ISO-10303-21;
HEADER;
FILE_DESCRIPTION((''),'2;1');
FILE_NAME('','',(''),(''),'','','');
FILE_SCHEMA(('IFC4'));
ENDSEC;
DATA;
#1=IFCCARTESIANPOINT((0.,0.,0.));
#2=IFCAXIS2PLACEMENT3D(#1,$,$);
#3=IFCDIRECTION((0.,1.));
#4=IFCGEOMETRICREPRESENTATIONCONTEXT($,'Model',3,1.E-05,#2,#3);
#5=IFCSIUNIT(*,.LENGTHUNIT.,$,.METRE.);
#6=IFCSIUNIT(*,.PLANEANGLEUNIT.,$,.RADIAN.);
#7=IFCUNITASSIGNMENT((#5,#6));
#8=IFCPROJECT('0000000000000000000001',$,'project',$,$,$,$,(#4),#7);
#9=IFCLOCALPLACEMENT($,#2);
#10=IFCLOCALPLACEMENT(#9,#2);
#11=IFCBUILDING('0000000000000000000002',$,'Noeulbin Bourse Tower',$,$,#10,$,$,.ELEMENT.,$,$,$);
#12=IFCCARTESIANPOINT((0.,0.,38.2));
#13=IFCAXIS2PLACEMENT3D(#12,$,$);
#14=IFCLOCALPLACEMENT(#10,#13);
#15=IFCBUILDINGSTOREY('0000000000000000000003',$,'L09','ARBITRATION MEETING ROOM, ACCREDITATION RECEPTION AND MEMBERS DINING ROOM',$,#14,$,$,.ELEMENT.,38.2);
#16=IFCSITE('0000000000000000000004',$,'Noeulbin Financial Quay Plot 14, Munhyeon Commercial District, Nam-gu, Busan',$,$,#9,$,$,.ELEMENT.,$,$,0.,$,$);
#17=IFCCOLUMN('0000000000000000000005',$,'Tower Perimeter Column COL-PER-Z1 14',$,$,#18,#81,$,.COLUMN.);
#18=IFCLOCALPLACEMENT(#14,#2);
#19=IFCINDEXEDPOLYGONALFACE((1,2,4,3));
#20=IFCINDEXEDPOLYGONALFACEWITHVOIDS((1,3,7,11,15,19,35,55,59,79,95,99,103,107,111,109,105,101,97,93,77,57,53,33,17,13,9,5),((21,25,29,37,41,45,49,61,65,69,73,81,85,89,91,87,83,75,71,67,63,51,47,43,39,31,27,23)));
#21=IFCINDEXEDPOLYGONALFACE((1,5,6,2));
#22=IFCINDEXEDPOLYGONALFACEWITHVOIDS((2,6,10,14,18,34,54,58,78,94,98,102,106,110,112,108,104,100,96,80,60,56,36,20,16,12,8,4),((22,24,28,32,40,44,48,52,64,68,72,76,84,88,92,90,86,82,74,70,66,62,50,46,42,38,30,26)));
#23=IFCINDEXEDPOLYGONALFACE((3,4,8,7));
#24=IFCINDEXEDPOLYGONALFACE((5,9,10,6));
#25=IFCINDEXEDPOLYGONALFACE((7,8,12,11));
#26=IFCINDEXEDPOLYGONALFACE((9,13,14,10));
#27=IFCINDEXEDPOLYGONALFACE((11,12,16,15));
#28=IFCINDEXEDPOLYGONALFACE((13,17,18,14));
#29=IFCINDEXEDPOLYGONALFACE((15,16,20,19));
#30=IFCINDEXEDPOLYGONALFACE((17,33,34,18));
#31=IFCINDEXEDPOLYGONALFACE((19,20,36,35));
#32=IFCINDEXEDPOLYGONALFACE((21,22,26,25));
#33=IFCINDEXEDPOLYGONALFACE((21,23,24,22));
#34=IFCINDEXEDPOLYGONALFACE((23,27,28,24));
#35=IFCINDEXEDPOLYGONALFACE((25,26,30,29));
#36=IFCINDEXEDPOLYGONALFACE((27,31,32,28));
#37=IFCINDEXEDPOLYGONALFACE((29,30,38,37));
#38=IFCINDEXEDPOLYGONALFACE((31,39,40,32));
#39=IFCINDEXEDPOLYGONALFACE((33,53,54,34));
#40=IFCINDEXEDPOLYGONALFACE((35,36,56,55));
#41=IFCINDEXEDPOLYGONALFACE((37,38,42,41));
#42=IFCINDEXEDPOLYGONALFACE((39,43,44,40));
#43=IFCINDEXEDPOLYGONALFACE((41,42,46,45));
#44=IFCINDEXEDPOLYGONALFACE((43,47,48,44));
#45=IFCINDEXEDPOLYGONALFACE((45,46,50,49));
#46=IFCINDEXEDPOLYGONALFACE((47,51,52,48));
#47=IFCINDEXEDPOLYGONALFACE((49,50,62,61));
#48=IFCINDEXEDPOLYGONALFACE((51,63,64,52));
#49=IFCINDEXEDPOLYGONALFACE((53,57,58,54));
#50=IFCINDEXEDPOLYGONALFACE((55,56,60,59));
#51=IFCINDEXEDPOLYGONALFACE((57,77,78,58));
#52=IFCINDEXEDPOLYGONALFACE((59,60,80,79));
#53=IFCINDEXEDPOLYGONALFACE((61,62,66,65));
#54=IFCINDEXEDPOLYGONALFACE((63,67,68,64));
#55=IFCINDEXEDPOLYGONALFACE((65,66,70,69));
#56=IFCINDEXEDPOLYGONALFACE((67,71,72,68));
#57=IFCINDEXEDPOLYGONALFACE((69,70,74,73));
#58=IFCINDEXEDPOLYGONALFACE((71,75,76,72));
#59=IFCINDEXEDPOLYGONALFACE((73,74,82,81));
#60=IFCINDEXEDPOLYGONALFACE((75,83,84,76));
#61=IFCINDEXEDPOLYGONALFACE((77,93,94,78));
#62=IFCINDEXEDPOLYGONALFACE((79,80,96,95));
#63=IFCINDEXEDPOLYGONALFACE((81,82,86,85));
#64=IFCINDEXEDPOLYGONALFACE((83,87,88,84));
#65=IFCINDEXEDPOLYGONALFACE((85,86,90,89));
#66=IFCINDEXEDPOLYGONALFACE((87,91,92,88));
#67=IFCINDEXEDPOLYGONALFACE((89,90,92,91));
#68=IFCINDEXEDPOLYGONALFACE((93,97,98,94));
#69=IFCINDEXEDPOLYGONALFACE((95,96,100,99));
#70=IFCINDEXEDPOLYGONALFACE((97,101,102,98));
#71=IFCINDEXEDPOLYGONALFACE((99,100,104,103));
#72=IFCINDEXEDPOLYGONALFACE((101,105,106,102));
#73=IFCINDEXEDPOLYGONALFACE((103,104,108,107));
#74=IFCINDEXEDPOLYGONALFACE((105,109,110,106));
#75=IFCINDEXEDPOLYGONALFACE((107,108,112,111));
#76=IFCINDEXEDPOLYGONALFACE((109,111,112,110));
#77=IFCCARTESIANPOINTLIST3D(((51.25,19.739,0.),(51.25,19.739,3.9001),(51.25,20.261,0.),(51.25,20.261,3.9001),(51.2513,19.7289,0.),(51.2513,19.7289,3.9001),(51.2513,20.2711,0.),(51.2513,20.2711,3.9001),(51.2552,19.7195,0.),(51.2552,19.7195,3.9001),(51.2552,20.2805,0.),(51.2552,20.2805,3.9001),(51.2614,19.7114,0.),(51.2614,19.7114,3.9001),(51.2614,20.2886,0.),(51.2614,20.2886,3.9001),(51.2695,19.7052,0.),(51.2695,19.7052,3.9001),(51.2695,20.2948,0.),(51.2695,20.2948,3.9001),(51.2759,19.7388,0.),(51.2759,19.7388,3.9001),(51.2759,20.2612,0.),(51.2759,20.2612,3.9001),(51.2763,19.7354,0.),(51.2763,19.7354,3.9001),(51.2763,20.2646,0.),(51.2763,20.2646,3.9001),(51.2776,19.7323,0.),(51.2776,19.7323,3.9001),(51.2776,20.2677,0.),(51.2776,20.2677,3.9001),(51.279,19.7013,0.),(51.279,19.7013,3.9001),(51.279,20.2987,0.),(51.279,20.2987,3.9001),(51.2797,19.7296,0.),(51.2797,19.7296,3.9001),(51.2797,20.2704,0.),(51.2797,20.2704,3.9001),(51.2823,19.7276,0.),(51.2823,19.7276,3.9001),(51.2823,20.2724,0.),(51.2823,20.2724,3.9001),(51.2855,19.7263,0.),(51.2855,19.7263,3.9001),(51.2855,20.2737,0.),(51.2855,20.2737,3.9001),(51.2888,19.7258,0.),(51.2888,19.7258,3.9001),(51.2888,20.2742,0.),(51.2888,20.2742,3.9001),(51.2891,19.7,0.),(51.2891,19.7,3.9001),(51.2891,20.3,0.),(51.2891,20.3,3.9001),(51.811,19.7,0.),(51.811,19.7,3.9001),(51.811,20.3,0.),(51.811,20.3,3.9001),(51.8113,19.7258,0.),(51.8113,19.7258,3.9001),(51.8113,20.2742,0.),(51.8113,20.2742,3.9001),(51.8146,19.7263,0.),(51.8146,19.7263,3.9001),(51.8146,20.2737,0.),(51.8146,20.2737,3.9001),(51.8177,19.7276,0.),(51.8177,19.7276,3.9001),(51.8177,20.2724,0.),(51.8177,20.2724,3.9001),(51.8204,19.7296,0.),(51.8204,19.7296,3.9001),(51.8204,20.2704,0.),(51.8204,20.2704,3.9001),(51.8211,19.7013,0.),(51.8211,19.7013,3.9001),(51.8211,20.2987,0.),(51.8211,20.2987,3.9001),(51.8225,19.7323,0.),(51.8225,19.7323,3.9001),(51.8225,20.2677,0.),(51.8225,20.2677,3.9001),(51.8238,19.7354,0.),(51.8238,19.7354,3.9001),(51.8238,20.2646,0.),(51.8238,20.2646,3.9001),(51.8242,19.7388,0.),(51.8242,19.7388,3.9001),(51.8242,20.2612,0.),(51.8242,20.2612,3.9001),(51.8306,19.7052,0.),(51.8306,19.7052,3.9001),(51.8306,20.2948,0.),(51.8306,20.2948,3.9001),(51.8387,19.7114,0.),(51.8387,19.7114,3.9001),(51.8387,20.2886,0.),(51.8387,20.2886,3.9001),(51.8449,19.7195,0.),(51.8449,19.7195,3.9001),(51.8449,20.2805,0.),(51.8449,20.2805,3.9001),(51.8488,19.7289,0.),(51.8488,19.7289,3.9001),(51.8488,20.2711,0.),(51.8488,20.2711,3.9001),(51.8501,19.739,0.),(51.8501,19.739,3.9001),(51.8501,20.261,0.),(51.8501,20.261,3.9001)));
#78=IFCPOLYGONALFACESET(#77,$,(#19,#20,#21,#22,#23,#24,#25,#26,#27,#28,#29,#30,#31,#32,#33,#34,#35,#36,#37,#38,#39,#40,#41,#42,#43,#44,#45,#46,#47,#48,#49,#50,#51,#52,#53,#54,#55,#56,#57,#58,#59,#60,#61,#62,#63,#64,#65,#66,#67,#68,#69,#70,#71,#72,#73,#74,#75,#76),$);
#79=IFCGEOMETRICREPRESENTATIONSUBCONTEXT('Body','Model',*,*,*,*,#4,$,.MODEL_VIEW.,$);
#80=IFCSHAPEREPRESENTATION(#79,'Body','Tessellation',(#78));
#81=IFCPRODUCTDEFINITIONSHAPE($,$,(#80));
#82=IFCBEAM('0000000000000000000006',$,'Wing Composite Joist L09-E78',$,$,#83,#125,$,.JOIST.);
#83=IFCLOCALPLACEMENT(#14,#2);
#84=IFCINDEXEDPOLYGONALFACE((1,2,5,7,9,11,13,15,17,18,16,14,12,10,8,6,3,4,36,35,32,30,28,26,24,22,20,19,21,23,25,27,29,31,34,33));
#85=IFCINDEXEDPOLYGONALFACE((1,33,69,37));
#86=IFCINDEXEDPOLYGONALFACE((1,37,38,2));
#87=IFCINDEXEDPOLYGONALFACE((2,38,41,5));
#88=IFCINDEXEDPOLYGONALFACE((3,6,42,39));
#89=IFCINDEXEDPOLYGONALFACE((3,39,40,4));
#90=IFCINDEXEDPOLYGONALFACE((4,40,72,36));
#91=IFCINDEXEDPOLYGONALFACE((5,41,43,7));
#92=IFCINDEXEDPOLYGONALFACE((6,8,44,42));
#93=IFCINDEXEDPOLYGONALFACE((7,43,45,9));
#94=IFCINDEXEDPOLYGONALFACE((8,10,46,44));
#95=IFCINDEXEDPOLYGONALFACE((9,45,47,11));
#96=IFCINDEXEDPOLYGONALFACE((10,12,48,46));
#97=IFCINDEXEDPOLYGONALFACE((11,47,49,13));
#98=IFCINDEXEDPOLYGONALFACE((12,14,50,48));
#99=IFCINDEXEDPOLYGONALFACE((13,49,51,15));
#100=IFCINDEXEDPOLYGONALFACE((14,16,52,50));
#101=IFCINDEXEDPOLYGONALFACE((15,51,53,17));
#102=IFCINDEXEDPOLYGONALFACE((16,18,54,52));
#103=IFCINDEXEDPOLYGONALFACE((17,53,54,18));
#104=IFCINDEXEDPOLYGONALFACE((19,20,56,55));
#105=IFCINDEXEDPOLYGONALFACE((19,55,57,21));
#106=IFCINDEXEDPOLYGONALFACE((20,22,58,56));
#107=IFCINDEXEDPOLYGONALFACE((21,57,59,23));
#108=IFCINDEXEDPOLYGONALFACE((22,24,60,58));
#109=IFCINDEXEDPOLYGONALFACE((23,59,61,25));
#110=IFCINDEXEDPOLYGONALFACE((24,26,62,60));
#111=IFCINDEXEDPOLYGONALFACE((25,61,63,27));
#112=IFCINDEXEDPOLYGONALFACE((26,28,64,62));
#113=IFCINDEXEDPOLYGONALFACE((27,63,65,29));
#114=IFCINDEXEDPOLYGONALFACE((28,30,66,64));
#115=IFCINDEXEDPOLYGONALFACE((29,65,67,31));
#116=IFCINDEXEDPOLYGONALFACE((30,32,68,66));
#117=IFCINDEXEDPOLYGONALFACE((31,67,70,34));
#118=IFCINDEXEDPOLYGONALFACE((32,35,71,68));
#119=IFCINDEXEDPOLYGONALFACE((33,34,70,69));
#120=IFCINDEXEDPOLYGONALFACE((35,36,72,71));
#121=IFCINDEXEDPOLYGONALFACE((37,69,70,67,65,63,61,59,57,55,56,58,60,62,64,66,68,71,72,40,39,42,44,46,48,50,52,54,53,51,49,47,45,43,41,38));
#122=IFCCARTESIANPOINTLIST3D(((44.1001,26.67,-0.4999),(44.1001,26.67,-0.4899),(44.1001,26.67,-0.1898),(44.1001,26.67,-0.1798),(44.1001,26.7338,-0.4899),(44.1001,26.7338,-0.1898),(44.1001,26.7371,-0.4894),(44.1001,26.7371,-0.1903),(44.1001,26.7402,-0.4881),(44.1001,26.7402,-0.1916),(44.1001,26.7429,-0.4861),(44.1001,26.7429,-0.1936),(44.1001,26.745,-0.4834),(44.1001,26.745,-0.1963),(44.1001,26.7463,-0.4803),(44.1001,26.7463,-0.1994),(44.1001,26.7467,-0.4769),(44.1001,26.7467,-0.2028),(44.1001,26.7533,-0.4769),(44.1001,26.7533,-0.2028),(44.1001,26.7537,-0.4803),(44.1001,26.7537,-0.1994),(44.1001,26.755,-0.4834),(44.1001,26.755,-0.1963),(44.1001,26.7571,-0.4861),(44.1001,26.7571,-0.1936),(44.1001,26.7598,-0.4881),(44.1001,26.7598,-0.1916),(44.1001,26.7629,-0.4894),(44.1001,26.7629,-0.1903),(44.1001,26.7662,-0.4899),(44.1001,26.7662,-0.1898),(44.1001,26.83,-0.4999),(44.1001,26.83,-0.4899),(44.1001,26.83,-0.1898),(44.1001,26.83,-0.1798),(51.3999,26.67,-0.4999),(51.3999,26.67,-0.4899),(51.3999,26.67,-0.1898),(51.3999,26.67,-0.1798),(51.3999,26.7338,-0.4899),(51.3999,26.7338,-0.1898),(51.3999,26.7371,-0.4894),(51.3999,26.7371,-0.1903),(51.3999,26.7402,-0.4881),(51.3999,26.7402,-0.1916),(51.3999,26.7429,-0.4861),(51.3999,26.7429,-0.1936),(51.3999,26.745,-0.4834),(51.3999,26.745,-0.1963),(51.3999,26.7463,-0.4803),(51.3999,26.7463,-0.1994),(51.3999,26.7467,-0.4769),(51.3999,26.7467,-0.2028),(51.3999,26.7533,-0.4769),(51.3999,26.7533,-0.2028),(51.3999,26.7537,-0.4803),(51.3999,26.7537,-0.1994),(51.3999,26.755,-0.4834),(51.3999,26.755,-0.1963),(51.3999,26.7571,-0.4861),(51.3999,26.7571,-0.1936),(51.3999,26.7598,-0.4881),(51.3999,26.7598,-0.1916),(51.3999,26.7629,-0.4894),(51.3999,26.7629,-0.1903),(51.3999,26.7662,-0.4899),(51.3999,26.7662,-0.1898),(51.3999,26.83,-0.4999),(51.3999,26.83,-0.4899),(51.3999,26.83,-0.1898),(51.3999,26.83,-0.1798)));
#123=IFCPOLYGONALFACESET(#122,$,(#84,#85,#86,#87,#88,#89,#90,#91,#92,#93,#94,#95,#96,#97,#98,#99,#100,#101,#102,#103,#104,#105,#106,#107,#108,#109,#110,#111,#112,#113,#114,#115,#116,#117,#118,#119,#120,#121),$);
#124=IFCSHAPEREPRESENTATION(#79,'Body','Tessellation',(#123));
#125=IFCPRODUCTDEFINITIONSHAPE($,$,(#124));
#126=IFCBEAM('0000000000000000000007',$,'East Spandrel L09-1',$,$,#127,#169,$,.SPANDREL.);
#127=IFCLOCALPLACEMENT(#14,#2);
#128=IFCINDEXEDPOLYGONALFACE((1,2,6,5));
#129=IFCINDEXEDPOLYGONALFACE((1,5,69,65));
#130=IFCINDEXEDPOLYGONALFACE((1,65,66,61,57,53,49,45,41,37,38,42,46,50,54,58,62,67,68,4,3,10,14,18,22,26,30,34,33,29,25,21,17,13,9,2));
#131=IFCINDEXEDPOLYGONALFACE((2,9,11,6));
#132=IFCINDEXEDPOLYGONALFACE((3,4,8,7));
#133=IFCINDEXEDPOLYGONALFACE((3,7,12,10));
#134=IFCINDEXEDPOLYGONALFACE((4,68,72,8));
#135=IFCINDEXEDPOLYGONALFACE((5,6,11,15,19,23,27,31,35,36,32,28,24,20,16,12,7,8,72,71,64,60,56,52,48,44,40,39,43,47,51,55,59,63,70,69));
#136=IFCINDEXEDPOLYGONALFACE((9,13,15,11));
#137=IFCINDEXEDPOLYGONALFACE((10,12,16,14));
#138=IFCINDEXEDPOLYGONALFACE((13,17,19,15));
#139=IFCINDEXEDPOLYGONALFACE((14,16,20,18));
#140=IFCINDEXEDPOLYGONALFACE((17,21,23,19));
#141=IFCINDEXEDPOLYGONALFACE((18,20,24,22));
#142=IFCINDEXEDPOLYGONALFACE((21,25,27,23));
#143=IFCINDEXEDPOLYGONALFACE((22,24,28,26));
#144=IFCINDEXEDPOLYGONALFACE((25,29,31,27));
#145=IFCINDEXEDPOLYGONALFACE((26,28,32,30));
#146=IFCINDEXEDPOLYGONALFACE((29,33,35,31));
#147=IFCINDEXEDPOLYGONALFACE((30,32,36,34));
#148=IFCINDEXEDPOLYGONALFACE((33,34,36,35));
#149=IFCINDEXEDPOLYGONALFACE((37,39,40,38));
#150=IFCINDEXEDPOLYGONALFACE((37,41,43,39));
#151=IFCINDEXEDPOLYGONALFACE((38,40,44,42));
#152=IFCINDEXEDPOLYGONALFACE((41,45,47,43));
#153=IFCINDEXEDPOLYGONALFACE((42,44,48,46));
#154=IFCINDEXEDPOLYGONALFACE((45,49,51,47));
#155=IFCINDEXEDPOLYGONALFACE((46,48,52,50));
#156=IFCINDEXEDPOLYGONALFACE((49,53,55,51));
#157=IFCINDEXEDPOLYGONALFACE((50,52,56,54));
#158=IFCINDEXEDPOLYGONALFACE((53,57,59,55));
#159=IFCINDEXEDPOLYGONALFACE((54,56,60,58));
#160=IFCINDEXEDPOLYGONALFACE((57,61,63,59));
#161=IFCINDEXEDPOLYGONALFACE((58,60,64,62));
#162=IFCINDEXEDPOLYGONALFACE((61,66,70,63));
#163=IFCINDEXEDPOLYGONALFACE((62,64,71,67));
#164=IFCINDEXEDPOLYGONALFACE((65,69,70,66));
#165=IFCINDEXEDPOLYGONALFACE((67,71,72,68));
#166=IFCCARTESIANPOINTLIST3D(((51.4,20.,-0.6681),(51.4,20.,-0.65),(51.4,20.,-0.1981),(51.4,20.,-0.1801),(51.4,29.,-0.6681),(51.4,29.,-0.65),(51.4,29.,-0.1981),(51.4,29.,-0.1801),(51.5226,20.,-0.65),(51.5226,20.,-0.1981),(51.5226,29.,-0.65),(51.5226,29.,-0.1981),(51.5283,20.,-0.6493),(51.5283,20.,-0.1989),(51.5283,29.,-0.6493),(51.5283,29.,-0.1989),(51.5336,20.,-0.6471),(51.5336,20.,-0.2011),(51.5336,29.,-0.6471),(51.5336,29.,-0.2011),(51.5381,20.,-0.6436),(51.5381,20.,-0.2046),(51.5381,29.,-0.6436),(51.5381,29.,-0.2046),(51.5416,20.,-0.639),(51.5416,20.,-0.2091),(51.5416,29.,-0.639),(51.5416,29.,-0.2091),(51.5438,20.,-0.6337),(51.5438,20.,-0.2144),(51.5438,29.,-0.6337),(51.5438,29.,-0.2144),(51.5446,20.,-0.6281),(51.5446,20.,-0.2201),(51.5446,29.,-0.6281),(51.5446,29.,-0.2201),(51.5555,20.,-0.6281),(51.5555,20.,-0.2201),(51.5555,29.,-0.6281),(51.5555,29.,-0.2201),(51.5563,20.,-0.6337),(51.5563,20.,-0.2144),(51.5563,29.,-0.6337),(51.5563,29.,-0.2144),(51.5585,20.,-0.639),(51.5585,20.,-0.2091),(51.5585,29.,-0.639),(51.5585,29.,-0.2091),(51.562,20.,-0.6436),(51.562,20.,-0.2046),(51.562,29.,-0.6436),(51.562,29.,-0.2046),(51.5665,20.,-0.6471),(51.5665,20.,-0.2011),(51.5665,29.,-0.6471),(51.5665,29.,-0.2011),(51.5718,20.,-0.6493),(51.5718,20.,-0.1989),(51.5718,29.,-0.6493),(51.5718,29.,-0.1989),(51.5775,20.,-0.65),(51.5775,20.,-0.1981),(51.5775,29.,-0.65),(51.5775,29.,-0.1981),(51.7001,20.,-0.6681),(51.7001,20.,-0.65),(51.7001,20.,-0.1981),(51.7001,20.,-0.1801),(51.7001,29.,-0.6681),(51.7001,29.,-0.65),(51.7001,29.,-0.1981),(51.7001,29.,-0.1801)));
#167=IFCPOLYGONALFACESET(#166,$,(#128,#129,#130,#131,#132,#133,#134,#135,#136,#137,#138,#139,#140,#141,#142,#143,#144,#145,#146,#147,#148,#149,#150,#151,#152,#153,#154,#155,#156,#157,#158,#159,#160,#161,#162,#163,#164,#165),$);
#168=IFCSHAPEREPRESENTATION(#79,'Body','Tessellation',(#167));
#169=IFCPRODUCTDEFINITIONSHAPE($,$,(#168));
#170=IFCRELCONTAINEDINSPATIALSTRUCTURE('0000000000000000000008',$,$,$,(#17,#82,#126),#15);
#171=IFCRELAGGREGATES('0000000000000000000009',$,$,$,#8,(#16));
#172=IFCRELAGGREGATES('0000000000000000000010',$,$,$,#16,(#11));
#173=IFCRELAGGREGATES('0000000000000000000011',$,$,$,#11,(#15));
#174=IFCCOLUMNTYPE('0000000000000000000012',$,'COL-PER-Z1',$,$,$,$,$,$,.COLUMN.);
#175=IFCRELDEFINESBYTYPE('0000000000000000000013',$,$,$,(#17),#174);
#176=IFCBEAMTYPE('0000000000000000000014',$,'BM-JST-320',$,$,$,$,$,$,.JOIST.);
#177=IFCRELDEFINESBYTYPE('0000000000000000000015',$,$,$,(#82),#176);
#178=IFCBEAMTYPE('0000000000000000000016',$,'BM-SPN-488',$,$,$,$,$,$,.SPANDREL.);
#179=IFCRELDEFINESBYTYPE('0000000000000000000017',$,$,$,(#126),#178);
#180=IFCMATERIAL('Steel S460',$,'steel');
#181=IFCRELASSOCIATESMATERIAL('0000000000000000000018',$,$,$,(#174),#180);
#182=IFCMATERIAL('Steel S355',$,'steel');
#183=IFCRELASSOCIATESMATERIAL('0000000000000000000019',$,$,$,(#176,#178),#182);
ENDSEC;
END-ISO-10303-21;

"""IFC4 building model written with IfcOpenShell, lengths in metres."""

from ifc_helpers import new_model, si_unit, direction, frame, origin, origin_2d, place, context, subcontext, project, spatial, hollow_rectangle, i_section, extrude, material, material_profile, profile_set, type_object, element, save


model = new_model("IFC4")

# Units and contexts
model_context = context("Model", 3, precision=1e-05, world=origin(), true_north=direction((0.0, 1.0)))
body_context = subcontext(model_context, "Body", "Model", "MODEL_VIEW")
ifc_project = project(units=[si_unit("LENGTHUNIT", "METRE"), si_unit("PLANEANGLEUNIT", "RADIAN")], contexts=[model_context])

# Site, building, storey
site_placement = place(None, origin())
site = spatial("IfcSite", under=ifc_project, at=site_placement, Name="Noeulbin Financial Quay Plot 14, Munhyeon Commercial District, Nam-gu, Busan", CompositionType="ELEMENT", RefElevation=0.0)
building_placement = place(site_placement, origin())
building = spatial("IfcBuilding", under=site, at=building_placement, Name="Noeulbin Bourse Tower", CompositionType="ELEMENT")
storey_placement = place(building_placement, frame((0.0, 0.0, 38.2)))
storey = spatial("IfcBuildingStorey", under=building, at=storey_placement, Name="L09", Description="ARBITRATION MEETING ROOM, ACCREDITATION RECEPTION AND MEMBERS DINING ROOM", CompositionType="ELEMENT", Elevation=38.2)

# Column
ifc_material_1 = material(Name="Steel S460", Category="steel")
ifc_material_profile_1 = material_profile(ifc_material_1, hollow_rectangle(XDim=0.6001, YDim=0.6001, WallThickness=0.0259, InnerFilletRadius=0.0129, OuterFilletRadius=0.0391, at=origin_2d()), Name="BOX-600x600x26", Category="LoadBearing")
ifc_profile_set_1 = profile_set([ifc_material_profile_1], Name="Steel S460")
column_type = type_object("IfcColumnType", Name="COL-PER-Z1", PredefinedType="COLUMN", material=ifc_profile_set_1)
column_placement = place(storey_placement, frame((51.55, 20.0, 0.0), z_axis=(0.0, 0.0, 1.0), x_axis=(1.0, 0.0, 0.0)))
element("IfcColumn", 1, at=column_placement, inside=storey, type_object=column_type, Name="Tower Perimeter Column COL-PER-Z1 14", PredefinedType="COLUMN", context=body_context, shape_type="SweptSolid", body=[
    extrude(hollow_rectangle(XDim=0.6001, YDim=0.6001, WallThickness=0.0259, InnerFilletRadius=0.0129, OuterFilletRadius=0.0391, at=origin_2d()), origin(), (0.0, 0.0, 1.0), 3.9001),
])

# Beams
ifc_material_2 = material(Name="Steel S355", Category="steel")
ifc_material_profile_2 = material_profile(ifc_material_2, i_section(OverallWidth=0.1599, OverallDepth=0.3201, WebThickness=0.0066, FlangeThickness=0.01, FilletRadius=0.0129, at=origin_2d()), Name="H-320x160x6.5x10", Category="LoadBearing")
ifc_profile_set_2 = profile_set([ifc_material_profile_2], Name="Steel S355")
beam_type_1 = type_object("IfcBeamType", Name="BM-JST-320", PredefinedType="JOIST", material=ifc_profile_set_2)
beam_1_placement = place(storey_placement, frame((44.1001, 26.75, -0.3398), z_axis=(1.0, 0.0, 0.0), x_axis=(0.0, 1.0, 0.0)))
element("IfcBeam", 2, at=beam_1_placement, inside=storey, type_object=beam_type_1, Name="Wing Composite Joist L09-E78", PredefinedType="JOIST", context=body_context, shape_type="SweptSolid", body=[
    extrude(i_section(OverallWidth=0.1599, OverallDepth=0.3201, WebThickness=0.0066, FlangeThickness=0.01, FilletRadius=0.0129, at=origin_2d()), origin(), (0.0, 0.0, 1.0), 7.2998),
])
ifc_material_profile_3 = material_profile(ifc_material_2, i_section(OverallWidth=0.3, OverallDepth=0.488, WebThickness=0.011, FlangeThickness=0.0181, FilletRadius=0.022, at=origin_2d()), Name="H-488x300x11x18", Category="LoadBearing")
ifc_profile_set_3 = profile_set([ifc_material_profile_3], Name="Steel S355")
beam_type_2 = type_object("IfcBeamType", Name="BM-SPN-488", PredefinedType="SPANDREL", material=ifc_profile_set_3)
beam_2_placement = place(storey_placement, frame((51.55, 20.0, -0.4241), z_axis=(0.0, 1.0, 0.0), x_axis=(-1.0, 0.0, 0.0)))
element("IfcBeam", 3, at=beam_2_placement, inside=storey, type_object=beam_type_2, Name="East Spandrel L09-1", PredefinedType="SPANDREL", context=body_context, shape_type="SweptSolid", body=[
    extrude(i_section(OverallWidth=0.3, OverallDepth=0.488, WebThickness=0.011, FlangeThickness=0.0181, FilletRadius=0.022, at=origin_2d()), origin(), (0.0, 0.0, 1.0), 9.0),
])

save(model, "model.ifc")
